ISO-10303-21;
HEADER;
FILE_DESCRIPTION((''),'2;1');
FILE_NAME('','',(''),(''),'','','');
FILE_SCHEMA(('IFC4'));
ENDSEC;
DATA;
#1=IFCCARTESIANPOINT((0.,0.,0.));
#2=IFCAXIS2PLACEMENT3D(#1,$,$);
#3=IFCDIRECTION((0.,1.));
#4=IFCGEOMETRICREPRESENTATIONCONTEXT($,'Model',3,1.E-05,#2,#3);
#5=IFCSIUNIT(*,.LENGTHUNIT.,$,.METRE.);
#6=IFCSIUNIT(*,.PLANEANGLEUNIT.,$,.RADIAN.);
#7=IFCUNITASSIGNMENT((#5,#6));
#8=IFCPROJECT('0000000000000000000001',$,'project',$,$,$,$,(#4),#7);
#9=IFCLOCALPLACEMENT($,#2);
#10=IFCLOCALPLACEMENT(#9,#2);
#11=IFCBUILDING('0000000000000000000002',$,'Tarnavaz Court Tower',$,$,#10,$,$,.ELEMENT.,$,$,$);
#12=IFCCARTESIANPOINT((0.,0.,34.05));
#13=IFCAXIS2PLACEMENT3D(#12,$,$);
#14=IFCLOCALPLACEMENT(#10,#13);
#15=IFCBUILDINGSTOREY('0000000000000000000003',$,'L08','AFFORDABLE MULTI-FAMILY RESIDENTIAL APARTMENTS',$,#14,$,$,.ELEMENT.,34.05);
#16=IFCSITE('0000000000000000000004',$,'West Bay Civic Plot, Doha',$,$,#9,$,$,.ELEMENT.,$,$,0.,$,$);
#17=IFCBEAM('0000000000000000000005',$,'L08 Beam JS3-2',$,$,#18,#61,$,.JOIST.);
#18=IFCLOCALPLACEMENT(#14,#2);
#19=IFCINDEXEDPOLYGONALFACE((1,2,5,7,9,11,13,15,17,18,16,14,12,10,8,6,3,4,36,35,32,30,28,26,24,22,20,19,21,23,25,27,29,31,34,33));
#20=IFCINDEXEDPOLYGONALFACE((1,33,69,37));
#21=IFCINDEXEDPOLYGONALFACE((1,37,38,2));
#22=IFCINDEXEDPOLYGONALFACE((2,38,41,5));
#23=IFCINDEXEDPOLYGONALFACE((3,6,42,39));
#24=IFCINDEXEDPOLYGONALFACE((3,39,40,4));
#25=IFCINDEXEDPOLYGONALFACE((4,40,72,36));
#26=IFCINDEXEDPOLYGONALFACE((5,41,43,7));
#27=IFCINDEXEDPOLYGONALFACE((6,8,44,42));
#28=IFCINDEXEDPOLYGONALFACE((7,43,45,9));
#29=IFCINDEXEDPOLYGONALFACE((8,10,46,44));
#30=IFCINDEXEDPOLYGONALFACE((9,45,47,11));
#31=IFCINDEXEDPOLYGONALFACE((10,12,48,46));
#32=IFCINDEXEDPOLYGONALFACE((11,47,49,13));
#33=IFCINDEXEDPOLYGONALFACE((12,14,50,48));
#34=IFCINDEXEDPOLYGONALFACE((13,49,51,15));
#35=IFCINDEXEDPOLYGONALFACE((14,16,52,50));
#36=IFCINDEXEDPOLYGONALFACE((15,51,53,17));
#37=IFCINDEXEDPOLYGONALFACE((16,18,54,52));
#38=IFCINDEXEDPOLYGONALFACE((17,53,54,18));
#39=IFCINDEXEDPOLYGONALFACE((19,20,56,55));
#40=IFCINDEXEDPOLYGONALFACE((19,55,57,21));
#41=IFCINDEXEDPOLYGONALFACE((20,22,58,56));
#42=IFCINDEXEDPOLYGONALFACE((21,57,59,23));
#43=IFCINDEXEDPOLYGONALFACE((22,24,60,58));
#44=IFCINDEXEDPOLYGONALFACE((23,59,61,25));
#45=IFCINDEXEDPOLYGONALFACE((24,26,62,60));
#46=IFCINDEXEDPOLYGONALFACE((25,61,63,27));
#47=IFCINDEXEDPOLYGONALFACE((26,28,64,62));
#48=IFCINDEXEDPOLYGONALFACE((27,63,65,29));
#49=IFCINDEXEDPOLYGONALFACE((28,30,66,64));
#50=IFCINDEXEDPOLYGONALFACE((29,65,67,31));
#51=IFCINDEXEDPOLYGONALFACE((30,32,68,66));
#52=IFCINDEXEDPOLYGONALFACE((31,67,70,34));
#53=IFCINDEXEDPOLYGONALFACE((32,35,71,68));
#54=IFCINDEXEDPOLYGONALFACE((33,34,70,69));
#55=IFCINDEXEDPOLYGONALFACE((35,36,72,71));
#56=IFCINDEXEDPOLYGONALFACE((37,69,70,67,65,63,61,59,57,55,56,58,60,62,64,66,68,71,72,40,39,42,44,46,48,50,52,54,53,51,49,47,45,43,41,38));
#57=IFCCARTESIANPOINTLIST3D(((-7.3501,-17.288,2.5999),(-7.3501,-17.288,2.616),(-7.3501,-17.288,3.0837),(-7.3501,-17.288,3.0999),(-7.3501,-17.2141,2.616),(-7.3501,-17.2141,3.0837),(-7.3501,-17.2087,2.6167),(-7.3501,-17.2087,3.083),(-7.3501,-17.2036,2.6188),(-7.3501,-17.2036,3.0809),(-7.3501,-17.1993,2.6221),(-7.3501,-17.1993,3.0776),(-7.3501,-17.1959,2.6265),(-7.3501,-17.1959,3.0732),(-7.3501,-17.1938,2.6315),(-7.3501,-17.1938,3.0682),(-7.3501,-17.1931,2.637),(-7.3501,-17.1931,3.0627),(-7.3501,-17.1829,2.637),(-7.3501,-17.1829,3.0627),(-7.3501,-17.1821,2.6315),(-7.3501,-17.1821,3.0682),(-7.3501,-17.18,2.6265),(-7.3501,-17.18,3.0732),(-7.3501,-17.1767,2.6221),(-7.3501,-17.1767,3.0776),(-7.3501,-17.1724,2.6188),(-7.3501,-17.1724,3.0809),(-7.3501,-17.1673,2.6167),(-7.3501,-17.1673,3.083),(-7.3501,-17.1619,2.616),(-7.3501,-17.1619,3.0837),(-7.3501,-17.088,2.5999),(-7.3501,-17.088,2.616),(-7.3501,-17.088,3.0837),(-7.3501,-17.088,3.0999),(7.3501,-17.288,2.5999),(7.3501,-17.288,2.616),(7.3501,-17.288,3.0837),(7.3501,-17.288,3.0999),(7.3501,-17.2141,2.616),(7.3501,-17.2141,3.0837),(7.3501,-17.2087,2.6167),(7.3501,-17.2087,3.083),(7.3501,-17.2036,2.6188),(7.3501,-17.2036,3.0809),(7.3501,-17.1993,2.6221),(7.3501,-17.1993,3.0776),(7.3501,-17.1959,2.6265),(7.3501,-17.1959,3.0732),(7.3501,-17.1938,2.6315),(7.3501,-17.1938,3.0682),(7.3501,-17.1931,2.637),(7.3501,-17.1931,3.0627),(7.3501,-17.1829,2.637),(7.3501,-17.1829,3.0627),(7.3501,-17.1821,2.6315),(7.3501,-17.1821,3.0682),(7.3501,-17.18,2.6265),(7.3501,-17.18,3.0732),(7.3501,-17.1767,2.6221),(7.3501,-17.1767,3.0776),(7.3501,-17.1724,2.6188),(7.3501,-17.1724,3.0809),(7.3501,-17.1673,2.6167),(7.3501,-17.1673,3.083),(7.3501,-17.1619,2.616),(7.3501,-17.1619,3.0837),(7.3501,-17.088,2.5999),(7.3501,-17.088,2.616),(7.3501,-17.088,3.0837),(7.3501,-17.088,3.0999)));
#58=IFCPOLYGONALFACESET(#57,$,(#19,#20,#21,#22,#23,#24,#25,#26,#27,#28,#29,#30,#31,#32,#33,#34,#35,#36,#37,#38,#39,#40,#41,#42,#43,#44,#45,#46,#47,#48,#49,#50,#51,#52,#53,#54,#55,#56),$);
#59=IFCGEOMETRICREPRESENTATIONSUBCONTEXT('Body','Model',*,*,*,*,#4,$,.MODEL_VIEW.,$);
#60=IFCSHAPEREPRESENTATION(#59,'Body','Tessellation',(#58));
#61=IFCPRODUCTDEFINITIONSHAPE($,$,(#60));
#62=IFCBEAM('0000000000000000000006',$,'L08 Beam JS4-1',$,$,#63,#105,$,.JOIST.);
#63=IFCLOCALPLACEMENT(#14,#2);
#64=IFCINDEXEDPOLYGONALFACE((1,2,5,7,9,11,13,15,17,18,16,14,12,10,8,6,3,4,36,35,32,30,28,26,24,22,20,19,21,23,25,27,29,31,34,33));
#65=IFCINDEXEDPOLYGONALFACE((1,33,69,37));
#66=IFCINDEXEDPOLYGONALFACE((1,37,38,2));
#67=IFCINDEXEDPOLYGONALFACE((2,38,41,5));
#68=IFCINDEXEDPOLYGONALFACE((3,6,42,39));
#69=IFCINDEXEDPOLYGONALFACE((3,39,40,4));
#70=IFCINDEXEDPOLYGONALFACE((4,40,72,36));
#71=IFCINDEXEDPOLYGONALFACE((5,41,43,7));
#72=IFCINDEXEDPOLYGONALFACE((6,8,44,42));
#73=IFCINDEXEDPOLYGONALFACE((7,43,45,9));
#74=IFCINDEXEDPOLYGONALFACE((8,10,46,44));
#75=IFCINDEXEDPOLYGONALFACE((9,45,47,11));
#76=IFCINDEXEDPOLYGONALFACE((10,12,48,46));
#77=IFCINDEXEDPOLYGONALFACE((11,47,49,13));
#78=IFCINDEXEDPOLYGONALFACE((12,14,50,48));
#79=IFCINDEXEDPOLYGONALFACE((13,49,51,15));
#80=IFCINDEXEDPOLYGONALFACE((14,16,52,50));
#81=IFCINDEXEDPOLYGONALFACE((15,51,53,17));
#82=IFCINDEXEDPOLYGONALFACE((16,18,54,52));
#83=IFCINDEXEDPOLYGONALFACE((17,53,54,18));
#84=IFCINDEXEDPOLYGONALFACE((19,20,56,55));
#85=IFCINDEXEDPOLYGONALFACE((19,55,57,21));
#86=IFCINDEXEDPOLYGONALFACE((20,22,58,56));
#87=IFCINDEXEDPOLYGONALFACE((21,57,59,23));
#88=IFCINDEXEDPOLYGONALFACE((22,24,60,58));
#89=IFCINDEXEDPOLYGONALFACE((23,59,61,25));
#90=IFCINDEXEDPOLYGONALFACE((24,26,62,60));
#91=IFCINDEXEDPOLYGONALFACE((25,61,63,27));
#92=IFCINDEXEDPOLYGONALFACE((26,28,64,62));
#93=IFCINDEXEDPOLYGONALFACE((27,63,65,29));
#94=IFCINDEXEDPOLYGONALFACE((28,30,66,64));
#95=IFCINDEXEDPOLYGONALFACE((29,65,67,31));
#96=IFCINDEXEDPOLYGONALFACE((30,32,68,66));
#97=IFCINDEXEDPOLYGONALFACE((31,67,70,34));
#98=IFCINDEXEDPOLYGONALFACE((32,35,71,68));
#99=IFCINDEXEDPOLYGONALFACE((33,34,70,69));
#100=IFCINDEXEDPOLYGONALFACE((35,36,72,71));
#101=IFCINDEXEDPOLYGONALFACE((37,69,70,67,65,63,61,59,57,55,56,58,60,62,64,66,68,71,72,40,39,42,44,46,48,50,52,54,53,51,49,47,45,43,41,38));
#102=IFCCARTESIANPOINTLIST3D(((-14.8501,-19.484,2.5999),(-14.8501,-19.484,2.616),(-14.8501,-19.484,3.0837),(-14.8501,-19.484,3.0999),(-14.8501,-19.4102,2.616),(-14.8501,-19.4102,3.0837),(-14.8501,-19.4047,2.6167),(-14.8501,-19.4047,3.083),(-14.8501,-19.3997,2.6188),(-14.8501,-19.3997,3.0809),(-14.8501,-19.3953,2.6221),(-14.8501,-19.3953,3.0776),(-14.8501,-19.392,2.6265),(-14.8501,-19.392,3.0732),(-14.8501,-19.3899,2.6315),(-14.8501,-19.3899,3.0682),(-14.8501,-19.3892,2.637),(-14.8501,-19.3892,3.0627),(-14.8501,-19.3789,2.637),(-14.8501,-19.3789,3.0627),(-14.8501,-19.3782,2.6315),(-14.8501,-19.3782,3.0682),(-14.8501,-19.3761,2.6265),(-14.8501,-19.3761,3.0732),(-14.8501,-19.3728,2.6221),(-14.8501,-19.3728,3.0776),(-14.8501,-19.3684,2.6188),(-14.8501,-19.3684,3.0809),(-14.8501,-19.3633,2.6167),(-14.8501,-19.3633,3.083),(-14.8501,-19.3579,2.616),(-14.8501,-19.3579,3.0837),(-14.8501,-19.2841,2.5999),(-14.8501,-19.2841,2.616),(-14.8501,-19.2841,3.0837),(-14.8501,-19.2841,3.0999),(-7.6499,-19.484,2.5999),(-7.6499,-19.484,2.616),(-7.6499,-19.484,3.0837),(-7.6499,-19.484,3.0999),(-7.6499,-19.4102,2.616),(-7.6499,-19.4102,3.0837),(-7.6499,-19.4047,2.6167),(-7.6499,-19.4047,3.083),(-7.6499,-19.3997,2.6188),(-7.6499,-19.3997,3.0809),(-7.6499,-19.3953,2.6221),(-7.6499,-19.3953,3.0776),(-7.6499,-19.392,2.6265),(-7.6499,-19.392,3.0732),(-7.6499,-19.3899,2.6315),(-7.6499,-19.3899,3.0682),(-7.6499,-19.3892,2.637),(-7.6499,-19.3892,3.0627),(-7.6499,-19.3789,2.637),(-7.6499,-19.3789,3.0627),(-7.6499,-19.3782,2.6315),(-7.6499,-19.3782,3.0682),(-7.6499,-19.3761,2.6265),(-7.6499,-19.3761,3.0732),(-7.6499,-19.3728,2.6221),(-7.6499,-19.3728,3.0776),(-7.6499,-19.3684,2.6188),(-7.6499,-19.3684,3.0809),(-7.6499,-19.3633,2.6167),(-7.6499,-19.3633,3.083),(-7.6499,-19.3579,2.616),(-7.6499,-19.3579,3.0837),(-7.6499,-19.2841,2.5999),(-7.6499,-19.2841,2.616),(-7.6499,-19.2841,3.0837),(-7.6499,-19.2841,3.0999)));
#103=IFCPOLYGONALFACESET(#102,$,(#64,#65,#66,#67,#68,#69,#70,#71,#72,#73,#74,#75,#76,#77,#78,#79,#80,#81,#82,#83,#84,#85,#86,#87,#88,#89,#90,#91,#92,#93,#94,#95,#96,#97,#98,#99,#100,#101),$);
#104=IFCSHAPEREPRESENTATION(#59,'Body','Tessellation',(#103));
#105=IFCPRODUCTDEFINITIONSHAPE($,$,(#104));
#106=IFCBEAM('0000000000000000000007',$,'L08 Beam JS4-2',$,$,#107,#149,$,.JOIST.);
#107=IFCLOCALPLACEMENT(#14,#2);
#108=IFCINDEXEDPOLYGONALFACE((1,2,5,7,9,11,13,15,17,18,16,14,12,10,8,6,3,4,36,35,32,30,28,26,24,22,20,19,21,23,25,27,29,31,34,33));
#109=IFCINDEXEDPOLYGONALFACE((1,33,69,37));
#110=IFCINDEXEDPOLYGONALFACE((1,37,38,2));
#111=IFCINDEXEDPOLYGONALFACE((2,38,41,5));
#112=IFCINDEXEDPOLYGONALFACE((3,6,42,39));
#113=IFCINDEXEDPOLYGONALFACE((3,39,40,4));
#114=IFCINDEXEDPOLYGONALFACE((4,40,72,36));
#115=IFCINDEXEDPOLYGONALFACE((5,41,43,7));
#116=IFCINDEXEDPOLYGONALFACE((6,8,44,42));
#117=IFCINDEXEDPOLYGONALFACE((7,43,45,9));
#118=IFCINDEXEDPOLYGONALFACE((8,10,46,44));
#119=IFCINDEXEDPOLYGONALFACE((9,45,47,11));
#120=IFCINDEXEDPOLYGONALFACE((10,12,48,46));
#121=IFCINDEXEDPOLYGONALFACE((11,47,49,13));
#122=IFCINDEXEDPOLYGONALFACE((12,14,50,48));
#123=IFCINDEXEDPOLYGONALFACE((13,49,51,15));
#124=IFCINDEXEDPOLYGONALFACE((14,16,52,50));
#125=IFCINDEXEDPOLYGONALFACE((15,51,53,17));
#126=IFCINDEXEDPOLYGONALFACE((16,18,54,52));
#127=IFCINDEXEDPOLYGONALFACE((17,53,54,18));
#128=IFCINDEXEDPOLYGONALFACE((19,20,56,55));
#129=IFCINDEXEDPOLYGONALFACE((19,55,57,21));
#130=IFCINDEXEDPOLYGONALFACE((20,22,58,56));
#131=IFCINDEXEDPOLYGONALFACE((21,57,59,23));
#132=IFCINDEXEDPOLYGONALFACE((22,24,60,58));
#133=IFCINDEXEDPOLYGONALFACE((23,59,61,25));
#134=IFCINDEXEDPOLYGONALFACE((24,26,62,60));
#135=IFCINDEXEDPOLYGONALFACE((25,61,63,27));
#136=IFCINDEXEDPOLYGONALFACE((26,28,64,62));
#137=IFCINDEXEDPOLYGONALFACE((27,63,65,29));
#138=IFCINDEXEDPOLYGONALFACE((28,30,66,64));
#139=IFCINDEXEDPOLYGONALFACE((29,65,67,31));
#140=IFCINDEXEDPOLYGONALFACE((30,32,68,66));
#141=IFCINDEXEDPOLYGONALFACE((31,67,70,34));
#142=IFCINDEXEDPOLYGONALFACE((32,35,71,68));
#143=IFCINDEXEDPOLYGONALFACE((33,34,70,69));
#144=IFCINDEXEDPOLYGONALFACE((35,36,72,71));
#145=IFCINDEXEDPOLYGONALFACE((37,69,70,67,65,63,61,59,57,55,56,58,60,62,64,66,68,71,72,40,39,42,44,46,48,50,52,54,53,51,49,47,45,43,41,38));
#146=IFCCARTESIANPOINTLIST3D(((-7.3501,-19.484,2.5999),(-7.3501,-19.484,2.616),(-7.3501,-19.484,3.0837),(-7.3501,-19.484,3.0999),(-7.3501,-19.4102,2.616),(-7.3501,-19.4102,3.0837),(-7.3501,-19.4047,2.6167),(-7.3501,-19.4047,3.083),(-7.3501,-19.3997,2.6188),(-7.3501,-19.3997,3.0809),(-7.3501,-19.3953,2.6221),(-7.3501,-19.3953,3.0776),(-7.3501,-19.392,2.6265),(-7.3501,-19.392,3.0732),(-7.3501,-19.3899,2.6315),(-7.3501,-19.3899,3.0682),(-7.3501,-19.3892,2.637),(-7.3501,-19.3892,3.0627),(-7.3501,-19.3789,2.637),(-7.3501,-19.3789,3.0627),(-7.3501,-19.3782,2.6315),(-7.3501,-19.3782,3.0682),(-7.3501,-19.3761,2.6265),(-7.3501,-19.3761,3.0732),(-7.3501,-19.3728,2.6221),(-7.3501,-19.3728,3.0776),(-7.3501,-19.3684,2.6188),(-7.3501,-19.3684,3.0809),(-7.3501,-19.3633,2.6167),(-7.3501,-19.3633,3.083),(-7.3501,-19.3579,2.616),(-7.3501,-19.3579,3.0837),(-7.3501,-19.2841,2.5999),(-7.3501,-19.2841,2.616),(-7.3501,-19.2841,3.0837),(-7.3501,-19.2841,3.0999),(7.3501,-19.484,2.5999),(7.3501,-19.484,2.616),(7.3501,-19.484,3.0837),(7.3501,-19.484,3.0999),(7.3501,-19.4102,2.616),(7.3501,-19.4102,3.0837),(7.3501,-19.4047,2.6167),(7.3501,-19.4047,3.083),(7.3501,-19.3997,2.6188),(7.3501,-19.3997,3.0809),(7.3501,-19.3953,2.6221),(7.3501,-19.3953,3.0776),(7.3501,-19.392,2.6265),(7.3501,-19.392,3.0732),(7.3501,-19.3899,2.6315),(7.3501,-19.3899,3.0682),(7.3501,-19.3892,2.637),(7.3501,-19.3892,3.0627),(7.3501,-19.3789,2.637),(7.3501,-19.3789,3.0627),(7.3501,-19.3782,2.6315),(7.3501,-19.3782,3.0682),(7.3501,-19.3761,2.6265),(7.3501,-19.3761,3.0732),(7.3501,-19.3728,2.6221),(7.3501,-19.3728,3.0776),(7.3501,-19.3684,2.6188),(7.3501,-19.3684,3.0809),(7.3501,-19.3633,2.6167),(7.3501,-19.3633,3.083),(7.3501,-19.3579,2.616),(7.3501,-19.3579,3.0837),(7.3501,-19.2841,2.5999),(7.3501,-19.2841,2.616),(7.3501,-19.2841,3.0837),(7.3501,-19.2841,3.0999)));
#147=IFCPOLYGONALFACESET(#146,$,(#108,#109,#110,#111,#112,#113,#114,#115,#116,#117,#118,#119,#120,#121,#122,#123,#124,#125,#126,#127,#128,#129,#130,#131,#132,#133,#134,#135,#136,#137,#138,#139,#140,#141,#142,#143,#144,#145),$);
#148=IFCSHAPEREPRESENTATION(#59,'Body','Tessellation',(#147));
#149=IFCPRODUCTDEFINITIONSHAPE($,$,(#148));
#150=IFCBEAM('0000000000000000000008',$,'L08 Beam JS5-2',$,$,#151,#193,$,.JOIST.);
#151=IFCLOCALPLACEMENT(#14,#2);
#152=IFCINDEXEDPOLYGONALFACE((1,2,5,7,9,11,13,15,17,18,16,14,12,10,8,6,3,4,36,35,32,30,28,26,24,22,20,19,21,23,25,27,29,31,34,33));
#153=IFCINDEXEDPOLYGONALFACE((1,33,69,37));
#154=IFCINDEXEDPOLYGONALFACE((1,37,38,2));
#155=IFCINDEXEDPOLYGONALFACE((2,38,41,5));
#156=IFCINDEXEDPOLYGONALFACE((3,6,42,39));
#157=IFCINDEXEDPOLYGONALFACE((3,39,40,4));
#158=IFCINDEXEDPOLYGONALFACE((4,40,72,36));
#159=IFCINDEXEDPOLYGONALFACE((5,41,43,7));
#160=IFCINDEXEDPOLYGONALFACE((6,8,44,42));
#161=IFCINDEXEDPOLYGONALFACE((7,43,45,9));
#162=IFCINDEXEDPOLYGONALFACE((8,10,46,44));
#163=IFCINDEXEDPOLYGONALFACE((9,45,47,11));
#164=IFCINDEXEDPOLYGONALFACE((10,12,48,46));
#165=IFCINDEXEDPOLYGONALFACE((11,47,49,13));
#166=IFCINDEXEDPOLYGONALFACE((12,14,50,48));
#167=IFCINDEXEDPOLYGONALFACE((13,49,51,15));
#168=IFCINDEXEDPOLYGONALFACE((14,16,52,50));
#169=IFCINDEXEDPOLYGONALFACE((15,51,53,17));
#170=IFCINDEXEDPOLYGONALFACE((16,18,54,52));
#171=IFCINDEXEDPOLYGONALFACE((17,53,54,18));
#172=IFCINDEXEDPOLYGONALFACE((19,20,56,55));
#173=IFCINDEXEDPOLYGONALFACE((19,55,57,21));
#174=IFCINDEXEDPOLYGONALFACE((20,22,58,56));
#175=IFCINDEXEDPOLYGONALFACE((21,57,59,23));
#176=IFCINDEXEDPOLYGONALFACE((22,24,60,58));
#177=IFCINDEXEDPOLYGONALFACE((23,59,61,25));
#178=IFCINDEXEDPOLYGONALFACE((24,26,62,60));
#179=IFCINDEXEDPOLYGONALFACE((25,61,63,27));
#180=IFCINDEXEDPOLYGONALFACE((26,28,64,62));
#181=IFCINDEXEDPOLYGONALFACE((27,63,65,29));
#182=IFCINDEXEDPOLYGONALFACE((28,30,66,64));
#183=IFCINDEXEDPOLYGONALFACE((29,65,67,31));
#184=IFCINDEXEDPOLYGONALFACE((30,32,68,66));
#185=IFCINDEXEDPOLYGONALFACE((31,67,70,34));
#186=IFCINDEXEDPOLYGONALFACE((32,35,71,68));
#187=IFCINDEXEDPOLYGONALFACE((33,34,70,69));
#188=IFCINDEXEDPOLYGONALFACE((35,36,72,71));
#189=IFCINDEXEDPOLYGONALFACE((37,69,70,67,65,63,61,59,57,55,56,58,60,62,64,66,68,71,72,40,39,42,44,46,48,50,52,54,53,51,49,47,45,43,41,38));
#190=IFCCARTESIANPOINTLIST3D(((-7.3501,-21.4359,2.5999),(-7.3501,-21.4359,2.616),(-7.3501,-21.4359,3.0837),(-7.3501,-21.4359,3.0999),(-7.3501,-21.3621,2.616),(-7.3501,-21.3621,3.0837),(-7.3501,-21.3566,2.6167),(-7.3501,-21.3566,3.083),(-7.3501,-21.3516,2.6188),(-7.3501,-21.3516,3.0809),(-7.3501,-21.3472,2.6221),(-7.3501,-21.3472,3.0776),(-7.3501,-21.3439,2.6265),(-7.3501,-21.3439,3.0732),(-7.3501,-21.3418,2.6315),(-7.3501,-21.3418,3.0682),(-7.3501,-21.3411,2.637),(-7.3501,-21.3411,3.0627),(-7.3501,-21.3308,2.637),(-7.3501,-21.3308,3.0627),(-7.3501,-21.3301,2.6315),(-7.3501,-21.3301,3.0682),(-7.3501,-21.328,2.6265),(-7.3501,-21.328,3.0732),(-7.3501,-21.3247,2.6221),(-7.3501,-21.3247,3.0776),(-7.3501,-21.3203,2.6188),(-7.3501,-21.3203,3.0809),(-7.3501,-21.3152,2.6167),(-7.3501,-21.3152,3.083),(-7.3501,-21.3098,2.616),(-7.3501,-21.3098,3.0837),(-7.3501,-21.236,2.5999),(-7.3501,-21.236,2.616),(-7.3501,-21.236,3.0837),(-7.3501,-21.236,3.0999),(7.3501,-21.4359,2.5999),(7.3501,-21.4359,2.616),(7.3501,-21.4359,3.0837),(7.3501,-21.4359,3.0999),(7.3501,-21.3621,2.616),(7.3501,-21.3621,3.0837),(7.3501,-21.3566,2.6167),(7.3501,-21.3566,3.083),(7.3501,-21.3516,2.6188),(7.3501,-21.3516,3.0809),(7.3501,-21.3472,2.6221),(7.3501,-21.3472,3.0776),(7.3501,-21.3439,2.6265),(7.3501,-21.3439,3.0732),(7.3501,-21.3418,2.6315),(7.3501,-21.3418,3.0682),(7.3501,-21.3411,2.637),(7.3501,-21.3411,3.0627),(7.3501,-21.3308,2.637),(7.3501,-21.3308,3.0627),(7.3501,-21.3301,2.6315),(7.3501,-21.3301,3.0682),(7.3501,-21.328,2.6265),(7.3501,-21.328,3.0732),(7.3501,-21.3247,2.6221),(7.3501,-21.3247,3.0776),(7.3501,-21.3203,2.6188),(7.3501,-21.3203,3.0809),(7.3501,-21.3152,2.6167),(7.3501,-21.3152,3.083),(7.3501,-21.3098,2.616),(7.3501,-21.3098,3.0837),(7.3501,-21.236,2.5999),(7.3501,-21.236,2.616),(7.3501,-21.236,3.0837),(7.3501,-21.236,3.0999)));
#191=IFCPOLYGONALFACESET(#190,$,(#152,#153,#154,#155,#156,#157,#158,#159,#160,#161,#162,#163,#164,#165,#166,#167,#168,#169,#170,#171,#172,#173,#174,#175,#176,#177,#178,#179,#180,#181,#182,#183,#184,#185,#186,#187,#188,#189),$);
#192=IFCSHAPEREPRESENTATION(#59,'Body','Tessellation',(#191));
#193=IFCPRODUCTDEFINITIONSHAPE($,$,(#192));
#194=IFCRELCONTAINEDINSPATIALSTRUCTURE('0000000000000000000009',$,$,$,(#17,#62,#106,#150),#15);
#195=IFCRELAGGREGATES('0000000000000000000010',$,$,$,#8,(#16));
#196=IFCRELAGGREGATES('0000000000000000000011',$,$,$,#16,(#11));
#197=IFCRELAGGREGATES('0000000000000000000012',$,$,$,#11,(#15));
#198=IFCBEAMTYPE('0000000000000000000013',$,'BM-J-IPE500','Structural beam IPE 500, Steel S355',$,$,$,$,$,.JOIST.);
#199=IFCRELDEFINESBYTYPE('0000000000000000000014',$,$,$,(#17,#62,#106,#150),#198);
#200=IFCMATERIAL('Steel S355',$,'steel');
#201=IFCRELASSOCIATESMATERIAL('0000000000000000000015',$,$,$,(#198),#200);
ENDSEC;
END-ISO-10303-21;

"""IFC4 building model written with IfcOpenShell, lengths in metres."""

from ifc_helpers import new_model, si_unit, direction, frame, origin, origin_2d, place, context, subcontext, project, spatial, i_section, extrude, material, material_profile, profile_set, type_object, element, save


model = new_model("IFC4")

# Units and contexts
model_context = context("Model", 3, precision=1e-05, world=origin(), true_north=direction((0.0, 1.0)))
body_context = subcontext(model_context, "Body", "Model", "MODEL_VIEW")
ifc_project = project(units=[si_unit("LENGTHUNIT", "METRE"), si_unit("PLANEANGLEUNIT", "RADIAN")], contexts=[model_context])

# Site, building, storey
site_placement = place(None, origin())
site = spatial("IfcSite", under=ifc_project, at=site_placement, Name="West Bay Civic Plot, Doha", CompositionType="ELEMENT", RefElevation=0.0)
building_placement = place(site_placement, origin())
building = spatial("IfcBuilding", under=site, at=building_placement, Name="Tarnavaz Court Tower", CompositionType="ELEMENT")
storey_placement = place(building_placement, frame((0.0, 0.0, 34.05)))
storey = spatial("IfcBuildingStorey", under=building, at=storey_placement, Name="L08", Description="AFFORDABLE MULTI-FAMILY RESIDENTIAL APARTMENTS", CompositionType="ELEMENT", Elevation=34.05)

# Beams
ifc_material_1 = material(Name="Steel S355", Category="steel")
ifc_material_profile_1 = material_profile(ifc_material_1, i_section(OverallWidth=0.2, OverallDepth=0.5, WebThickness=0.0103, FlangeThickness=0.0161, FilletRadius=0.021, at=origin_2d()), Name="IPE 500")
ifc_profile_set_1 = profile_set([ifc_material_profile_1], Name="Steel S355")
beam_type_1 = type_object("IfcBeamType", Name="BM-J-IPE500", Description="Structural beam IPE 500, Steel S355", PredefinedType="JOIST", material=ifc_profile_set_1)
beam_1_placement = place(storey_placement, frame((-7.3501, -17.188, 2.8499), z_axis=(1.0, 0.0, 0.0), x_axis=(0.0, 1.0, 0.0)))
element("IfcBeam", 1, at=beam_1_placement, inside=storey, type_object=beam_type_1, Name="L08 Beam JS3-2", PredefinedType="JOIST", context=body_context, shape_type="SweptSolid", body=[
    extrude(i_section(OverallWidth=0.2, OverallDepth=0.5, WebThickness=0.0103, FlangeThickness=0.0161, FilletRadius=0.021, at=origin_2d()), origin(), (0.0, 0.0, 1.0), 14.7002),
])
beam_2_placement = place(storey_placement, frame((-14.8501, -19.384, 2.8499), z_axis=(1.0, 0.0, 0.0), x_axis=(0.0, 1.0, 0.0)))
element("IfcBeam", 2, at=beam_2_placement, inside=storey, type_object=beam_type_1, Name="L08 Beam JS4-1", PredefinedType="JOIST", context=body_context, shape_type="SweptSolid", body=[
    extrude(i_section(OverallWidth=0.2, OverallDepth=0.5, WebThickness=0.0103, FlangeThickness=0.0161, FilletRadius=0.021, at=origin_2d()), origin(), (0.0, 0.0, 1.0), 7.2002),
])
for number, where, z_axis, x_axis, name in (
    (3, (-7.3501, -19.384, 2.8499), (1.0, 0.0, 0.0), (0.0, 1.0, 0.0), "L08 Beam JS4-2"),
    (4, (-7.3501, -21.3359, 2.8499), (1.0, 0.0, 0.0), (0.0, 1.0, 0.0), "L08 Beam JS5-2"),
):
    element("IfcBeam", number, at=place(storey_placement, frame(where, z_axis=z_axis, x_axis=x_axis)), inside=storey, type_object=beam_type_1, Name=name, PredefinedType="JOIST", context=body_context, shape_type="SweptSolid", body=[
        extrude(i_section(OverallWidth=0.2, OverallDepth=0.5, WebThickness=0.0103, FlangeThickness=0.0161, FilletRadius=0.021, at=origin_2d()), origin(), (0.0, 0.0, 1.0), 14.7002),
    ])

save(model, "model.ifc")
